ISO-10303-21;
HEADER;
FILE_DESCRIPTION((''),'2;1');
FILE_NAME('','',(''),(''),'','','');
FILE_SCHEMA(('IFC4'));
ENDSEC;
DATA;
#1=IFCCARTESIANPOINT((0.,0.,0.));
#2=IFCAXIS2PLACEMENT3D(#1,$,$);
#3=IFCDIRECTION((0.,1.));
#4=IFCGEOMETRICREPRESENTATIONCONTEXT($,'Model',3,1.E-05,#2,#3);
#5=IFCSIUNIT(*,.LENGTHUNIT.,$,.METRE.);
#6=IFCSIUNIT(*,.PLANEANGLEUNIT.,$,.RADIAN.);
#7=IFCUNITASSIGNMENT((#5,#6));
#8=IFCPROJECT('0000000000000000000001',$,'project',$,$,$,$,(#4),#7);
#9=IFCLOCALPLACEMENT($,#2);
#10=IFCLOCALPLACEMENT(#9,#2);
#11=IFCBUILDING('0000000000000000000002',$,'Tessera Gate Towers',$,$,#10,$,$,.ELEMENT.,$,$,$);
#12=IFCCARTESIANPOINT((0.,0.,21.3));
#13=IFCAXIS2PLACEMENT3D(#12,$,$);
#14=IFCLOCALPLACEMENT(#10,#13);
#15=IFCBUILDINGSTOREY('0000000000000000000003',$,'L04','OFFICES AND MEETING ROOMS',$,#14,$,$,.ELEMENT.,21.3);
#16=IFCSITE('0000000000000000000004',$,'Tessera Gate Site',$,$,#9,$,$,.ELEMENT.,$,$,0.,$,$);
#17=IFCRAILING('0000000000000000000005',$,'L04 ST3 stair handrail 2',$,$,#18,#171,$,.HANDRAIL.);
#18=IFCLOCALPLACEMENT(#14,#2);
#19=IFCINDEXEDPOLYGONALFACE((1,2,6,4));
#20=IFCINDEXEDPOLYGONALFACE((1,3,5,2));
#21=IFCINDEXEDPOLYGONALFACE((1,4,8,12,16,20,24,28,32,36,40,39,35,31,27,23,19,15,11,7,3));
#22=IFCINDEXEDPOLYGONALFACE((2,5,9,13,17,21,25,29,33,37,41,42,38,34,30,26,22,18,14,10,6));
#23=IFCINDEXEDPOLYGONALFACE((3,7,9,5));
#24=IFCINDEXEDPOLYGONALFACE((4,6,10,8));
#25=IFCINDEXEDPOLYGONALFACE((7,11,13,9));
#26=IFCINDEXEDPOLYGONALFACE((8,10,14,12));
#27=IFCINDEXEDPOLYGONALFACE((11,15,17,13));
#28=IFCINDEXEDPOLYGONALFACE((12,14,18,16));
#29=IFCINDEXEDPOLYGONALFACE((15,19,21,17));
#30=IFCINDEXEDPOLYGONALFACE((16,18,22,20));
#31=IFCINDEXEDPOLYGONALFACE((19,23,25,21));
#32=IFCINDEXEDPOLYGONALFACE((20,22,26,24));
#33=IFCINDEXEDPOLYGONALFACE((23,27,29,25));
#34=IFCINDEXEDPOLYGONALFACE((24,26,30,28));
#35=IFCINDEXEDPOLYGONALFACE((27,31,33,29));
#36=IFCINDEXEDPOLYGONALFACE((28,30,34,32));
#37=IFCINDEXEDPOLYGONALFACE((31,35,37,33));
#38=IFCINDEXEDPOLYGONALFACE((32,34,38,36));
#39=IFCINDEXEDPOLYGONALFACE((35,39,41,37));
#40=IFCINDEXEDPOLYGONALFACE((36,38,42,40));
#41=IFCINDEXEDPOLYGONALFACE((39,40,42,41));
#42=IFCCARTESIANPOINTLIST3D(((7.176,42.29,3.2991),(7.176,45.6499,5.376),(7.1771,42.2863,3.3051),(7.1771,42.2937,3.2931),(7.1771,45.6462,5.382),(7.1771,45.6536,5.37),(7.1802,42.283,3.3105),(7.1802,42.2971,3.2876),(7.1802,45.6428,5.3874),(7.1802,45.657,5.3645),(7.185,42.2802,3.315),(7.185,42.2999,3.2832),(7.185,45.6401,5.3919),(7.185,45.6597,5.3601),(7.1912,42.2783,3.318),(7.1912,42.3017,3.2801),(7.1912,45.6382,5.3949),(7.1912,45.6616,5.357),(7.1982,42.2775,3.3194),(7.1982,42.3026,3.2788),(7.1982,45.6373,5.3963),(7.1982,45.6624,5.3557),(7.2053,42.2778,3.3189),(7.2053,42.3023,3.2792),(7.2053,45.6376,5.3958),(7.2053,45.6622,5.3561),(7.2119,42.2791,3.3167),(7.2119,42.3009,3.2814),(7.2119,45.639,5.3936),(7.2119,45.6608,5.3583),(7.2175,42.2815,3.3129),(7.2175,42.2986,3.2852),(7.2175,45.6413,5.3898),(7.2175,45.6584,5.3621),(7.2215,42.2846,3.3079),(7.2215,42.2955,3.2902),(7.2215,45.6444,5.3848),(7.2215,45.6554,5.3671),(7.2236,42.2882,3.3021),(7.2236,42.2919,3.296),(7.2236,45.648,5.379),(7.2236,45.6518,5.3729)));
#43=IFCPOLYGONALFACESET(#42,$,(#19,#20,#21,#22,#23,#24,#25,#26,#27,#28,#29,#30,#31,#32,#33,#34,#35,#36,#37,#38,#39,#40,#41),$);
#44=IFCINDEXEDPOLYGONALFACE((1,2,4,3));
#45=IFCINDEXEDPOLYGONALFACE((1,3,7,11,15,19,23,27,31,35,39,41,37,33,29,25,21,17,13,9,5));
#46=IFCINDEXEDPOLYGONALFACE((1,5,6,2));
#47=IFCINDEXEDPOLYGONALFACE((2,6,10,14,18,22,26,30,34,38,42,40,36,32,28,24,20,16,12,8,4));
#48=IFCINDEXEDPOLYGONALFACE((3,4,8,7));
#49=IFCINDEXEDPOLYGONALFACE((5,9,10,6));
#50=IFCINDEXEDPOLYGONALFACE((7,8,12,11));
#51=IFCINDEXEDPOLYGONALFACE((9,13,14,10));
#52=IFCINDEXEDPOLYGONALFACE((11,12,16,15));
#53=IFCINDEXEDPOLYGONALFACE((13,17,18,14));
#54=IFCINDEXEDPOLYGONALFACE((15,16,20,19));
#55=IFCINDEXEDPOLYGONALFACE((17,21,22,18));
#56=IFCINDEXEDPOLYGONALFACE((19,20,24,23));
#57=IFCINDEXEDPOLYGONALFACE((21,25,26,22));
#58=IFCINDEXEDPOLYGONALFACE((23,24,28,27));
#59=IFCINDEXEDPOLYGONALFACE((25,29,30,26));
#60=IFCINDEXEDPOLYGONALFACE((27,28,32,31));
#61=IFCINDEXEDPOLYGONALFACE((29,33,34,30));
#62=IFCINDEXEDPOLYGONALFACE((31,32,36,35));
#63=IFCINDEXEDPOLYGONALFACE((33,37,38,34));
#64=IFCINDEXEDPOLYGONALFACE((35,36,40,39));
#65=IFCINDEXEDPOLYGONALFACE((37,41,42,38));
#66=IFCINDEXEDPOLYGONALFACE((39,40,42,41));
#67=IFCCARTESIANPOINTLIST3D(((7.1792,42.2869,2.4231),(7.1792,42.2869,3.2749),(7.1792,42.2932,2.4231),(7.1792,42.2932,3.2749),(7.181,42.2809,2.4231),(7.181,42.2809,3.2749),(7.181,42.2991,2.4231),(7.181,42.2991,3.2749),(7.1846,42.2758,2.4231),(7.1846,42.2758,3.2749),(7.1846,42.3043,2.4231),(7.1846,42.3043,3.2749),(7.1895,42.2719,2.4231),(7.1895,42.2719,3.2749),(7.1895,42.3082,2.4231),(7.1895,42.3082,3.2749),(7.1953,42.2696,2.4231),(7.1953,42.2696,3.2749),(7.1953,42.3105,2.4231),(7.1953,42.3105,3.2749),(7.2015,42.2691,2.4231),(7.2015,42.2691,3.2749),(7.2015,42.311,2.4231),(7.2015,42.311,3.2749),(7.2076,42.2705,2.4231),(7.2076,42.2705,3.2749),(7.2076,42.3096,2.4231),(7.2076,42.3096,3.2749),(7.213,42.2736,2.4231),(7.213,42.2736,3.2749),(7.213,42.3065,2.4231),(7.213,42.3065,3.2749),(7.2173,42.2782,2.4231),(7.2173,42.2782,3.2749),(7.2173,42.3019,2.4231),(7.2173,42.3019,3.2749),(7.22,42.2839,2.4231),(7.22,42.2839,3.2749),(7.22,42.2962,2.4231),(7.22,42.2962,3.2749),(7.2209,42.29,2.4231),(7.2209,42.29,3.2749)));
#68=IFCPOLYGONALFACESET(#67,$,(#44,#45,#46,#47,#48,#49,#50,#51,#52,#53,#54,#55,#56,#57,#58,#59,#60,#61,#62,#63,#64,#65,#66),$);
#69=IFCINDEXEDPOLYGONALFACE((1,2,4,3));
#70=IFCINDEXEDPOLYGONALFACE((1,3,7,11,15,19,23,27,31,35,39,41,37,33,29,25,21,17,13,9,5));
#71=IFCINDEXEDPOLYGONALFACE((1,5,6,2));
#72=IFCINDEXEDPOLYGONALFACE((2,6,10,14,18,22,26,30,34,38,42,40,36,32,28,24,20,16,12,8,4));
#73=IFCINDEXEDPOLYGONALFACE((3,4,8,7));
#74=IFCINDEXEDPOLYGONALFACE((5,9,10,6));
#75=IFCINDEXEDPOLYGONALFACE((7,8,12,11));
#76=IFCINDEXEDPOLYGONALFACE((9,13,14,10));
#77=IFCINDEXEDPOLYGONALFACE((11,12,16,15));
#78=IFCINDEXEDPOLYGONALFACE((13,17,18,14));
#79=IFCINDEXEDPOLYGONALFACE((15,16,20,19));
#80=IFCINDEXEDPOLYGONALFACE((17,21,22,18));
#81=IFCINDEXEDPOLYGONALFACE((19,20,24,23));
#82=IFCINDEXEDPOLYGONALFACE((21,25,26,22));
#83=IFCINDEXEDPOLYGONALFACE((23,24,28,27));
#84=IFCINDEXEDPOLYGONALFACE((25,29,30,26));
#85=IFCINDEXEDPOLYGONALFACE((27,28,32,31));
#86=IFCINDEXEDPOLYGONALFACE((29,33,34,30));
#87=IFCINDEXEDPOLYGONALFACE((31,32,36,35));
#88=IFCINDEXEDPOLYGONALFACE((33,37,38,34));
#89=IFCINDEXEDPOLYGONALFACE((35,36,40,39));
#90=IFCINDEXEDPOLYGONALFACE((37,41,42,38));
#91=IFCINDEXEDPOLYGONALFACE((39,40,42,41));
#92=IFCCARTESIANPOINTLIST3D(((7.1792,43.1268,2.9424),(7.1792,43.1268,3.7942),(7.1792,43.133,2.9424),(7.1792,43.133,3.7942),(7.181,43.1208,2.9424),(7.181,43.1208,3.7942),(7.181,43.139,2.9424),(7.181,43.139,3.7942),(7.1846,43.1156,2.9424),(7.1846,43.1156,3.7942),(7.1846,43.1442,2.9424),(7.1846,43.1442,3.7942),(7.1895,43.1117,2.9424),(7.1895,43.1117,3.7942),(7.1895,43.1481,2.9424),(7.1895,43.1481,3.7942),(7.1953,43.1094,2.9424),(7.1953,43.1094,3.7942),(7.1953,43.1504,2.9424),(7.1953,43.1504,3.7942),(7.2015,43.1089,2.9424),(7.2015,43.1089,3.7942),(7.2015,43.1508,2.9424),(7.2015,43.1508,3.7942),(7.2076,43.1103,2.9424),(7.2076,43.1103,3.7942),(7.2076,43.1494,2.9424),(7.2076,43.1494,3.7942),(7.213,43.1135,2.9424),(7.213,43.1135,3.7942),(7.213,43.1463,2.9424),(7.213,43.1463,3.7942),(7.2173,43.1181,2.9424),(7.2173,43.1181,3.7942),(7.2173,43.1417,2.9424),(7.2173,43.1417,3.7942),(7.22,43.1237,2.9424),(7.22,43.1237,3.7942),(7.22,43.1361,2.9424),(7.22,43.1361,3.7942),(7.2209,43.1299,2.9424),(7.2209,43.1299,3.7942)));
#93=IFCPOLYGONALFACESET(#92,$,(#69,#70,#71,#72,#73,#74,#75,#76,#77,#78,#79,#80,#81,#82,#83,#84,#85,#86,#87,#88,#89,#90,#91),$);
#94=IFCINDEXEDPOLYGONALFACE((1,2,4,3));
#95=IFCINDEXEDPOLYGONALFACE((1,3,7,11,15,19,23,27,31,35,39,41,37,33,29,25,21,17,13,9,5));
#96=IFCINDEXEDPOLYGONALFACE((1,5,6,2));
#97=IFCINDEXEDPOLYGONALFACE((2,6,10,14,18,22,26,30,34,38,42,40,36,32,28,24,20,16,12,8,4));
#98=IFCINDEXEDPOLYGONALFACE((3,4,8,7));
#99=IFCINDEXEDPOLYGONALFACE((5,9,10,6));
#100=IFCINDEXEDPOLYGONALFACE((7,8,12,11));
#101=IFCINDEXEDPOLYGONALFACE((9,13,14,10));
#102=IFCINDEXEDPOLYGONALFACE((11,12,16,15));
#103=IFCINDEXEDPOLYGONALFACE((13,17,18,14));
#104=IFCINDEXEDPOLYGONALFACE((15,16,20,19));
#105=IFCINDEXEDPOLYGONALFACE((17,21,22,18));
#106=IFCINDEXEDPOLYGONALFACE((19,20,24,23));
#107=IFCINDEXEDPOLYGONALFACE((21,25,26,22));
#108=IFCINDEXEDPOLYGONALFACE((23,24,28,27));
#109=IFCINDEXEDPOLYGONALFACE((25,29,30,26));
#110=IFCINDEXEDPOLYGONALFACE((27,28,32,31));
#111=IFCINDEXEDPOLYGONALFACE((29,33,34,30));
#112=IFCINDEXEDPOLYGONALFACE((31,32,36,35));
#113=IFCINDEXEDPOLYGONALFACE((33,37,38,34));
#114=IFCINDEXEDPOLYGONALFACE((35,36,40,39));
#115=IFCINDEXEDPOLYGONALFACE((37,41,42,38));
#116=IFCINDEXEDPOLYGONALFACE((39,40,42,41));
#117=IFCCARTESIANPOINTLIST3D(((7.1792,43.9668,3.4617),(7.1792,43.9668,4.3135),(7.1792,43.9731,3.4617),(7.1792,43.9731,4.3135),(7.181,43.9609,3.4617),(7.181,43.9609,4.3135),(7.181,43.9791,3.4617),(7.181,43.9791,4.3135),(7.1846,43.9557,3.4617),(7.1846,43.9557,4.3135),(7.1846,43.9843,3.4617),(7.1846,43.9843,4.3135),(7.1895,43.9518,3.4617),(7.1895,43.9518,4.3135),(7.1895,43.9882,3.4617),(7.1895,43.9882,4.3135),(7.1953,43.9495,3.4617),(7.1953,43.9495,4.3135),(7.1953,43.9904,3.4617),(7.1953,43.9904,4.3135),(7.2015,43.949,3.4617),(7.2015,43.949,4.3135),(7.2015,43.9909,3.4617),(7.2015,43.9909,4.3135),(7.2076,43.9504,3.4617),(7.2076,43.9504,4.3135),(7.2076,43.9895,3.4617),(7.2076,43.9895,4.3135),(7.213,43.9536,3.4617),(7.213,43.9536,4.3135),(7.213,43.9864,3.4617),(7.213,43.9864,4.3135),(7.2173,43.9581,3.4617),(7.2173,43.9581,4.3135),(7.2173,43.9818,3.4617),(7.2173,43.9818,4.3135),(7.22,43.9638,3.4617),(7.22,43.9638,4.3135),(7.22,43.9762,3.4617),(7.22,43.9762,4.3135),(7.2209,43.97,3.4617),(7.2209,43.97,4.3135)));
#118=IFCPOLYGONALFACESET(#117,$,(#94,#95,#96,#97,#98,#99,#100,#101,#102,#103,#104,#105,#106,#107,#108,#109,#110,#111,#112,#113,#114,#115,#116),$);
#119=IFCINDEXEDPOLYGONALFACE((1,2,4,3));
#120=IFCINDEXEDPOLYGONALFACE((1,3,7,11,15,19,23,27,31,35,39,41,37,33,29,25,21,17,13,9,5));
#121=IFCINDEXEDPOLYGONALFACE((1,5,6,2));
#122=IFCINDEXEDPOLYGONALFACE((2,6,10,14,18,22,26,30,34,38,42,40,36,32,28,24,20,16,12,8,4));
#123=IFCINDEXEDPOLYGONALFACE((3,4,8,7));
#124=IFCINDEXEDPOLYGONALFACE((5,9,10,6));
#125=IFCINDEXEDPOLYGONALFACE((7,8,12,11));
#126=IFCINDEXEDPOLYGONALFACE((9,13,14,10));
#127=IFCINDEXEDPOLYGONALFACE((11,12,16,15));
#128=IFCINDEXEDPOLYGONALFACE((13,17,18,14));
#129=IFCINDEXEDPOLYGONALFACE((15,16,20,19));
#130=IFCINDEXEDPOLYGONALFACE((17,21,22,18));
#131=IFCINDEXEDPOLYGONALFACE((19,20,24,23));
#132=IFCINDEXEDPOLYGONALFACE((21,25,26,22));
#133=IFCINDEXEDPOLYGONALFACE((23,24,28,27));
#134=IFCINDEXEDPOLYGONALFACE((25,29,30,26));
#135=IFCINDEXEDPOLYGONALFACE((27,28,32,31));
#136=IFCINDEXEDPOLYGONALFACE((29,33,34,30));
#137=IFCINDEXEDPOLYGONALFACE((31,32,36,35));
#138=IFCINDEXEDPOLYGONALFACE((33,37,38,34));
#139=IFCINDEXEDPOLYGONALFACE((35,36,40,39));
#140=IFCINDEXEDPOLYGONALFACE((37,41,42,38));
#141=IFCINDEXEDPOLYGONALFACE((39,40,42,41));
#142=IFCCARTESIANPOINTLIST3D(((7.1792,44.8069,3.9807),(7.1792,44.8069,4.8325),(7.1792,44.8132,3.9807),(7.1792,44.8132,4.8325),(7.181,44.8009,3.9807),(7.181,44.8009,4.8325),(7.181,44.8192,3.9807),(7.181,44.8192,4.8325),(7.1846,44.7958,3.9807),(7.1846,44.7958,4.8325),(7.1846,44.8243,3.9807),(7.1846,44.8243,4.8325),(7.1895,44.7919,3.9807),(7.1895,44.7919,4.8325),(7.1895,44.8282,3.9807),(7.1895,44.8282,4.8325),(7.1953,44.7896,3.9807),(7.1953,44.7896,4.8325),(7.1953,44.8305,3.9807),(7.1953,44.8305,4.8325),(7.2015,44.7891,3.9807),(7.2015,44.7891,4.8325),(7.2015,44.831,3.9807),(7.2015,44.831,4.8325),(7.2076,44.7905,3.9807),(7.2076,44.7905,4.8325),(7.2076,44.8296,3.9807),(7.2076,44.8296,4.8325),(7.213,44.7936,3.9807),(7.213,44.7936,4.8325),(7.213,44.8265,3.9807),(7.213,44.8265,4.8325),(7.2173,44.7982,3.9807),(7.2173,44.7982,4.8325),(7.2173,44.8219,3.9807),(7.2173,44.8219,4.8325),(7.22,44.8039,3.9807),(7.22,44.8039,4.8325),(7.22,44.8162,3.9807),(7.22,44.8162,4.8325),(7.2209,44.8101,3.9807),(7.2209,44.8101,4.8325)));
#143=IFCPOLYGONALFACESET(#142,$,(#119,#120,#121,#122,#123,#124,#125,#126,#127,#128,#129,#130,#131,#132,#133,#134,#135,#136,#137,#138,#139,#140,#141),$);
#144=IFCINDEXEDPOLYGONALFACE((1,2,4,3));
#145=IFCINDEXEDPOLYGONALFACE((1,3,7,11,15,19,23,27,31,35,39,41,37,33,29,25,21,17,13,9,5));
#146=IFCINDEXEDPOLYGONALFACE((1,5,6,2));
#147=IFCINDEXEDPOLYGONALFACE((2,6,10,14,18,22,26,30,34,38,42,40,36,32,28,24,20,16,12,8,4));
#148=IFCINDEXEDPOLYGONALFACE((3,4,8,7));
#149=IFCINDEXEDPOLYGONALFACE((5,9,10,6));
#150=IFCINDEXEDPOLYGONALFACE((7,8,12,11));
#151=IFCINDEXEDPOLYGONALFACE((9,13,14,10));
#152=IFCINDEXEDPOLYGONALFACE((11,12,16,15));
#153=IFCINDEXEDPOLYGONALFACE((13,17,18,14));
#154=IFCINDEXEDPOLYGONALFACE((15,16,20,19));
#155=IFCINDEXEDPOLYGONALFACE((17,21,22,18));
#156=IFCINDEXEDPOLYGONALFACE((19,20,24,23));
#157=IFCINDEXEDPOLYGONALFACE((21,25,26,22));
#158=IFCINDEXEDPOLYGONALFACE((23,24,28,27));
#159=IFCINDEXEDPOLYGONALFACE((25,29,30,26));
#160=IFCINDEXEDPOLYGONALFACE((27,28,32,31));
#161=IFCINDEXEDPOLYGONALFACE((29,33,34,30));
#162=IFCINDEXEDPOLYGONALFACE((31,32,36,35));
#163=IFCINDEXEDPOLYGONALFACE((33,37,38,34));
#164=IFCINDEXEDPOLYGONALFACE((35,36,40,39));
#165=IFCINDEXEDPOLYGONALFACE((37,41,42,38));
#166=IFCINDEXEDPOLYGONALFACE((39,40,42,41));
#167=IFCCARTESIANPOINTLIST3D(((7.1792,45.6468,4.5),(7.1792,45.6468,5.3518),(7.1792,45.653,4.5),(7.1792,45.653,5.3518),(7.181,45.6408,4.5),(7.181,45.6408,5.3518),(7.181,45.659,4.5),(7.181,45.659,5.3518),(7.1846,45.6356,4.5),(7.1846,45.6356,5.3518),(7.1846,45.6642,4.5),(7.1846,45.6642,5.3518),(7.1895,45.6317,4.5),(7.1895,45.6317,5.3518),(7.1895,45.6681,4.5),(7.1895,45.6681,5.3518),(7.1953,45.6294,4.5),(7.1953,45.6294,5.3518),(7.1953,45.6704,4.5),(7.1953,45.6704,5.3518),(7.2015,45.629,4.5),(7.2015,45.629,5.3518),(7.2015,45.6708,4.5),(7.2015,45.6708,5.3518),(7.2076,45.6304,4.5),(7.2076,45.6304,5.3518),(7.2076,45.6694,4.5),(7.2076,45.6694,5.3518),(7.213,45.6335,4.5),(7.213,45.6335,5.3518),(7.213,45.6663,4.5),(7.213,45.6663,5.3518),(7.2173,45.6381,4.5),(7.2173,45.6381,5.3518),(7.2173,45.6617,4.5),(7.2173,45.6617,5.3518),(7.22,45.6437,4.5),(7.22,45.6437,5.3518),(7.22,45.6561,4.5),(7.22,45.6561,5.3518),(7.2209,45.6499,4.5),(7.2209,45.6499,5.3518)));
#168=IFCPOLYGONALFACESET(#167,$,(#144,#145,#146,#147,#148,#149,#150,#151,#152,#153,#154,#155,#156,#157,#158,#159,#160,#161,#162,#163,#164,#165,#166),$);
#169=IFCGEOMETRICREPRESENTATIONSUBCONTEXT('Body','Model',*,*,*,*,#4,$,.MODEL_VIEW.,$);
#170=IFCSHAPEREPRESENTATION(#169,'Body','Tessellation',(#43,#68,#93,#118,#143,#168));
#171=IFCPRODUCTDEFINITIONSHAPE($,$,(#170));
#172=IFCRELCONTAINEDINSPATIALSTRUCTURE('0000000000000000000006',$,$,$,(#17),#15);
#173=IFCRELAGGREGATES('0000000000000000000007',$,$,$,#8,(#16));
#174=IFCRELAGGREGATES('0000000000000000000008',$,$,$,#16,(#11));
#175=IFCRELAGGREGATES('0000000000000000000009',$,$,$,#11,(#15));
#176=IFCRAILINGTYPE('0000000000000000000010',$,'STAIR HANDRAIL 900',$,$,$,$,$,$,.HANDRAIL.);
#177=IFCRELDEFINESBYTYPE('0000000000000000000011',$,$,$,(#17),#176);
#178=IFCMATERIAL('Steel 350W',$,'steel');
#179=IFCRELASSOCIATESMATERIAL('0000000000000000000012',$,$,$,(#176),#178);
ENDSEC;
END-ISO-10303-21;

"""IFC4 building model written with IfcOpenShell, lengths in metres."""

from ifc_helpers import new_model, si_unit, direction, frame, origin, origin_2d, place, context, subcontext, project, spatial, circle, extrude, material, type_object, element, save


model = new_model("IFC4")

# Units and contexts
model_context = context("Model", 3, precision=1e-05, world=origin(), true_north=direction((0.0, 1.0)))
body_context = subcontext(model_context, "Body", "Model", "MODEL_VIEW")
ifc_project = project(units=[si_unit("LENGTHUNIT", "METRE"), si_unit("PLANEANGLEUNIT", "RADIAN")], contexts=[model_context])

# Site, building, storey
site_placement = place(None, origin())
site = spatial("IfcSite", under=ifc_project, at=site_placement, Name="Tessera Gate Site", CompositionType="ELEMENT", RefElevation=0.0)
building_placement = place(site_placement, origin())
building = spatial("IfcBuilding", under=site, at=building_placement, Name="Tessera Gate Towers", CompositionType="ELEMENT")
storey_placement = place(building_placement, frame((0.0, 0.0, 21.3)))
storey = spatial("IfcBuildingStorey", under=building, at=storey_placement, Name="L04", Description="OFFICES AND MEETING ROOMS", CompositionType="ELEMENT", Elevation=21.3)

# Railing
ifc_material_1 = material(Name="Steel 350W", Category="steel")
railing_type_1 = type_object("IfcRailingType", Name="STAIR HANDRAIL 900", PredefinedType="HANDRAIL", material=ifc_material_1)
railing_1_placement = place(storey_placement, frame((7.2, 42.29, 2.4231)))
element("IfcRailing", 1, at=railing_1_placement, inside=storey, type_object=railing_type_1, Name="L04 ST3 stair handrail 2", PredefinedType="HANDRAIL", context=body_context, shape_type="SweptSolid", body=[
    extrude(circle(Radius=0.0239, at=origin_2d()), frame((0.0, 0.0, 0.876), z_axis=(0.0, 0.850606, 0.525803), x_axis=(-1.0, 0.0, 0.0)), (0.0, 0.0, 1.0), 3.95),
    extrude(circle(Radius=0.021, at=origin_2d()), origin(), (0.0, 0.0, 1.0), 0.8518),
    extrude(circle(Radius=0.021, at=origin_2d()), frame((0.0, 0.8398, 0.5193)), (0.0, 0.0, 1.0), 0.8518),
    extrude(circle(Radius=0.021, at=origin_2d()), frame((0.0, 1.6799, 1.0386)), (0.0, 0.0, 1.0), 0.8518),
    extrude(circle(Radius=0.021, at=origin_2d()), frame((0.0, 2.52, 1.5576)), (0.0, 0.0, 1.0), 0.8518),
    extrude(circle(Radius=0.021, at=origin_2d()), frame((0.0, 3.3599, 2.0769)), (0.0, 0.0, 1.0), 0.8518),
])

save(model, "model.ifc")
